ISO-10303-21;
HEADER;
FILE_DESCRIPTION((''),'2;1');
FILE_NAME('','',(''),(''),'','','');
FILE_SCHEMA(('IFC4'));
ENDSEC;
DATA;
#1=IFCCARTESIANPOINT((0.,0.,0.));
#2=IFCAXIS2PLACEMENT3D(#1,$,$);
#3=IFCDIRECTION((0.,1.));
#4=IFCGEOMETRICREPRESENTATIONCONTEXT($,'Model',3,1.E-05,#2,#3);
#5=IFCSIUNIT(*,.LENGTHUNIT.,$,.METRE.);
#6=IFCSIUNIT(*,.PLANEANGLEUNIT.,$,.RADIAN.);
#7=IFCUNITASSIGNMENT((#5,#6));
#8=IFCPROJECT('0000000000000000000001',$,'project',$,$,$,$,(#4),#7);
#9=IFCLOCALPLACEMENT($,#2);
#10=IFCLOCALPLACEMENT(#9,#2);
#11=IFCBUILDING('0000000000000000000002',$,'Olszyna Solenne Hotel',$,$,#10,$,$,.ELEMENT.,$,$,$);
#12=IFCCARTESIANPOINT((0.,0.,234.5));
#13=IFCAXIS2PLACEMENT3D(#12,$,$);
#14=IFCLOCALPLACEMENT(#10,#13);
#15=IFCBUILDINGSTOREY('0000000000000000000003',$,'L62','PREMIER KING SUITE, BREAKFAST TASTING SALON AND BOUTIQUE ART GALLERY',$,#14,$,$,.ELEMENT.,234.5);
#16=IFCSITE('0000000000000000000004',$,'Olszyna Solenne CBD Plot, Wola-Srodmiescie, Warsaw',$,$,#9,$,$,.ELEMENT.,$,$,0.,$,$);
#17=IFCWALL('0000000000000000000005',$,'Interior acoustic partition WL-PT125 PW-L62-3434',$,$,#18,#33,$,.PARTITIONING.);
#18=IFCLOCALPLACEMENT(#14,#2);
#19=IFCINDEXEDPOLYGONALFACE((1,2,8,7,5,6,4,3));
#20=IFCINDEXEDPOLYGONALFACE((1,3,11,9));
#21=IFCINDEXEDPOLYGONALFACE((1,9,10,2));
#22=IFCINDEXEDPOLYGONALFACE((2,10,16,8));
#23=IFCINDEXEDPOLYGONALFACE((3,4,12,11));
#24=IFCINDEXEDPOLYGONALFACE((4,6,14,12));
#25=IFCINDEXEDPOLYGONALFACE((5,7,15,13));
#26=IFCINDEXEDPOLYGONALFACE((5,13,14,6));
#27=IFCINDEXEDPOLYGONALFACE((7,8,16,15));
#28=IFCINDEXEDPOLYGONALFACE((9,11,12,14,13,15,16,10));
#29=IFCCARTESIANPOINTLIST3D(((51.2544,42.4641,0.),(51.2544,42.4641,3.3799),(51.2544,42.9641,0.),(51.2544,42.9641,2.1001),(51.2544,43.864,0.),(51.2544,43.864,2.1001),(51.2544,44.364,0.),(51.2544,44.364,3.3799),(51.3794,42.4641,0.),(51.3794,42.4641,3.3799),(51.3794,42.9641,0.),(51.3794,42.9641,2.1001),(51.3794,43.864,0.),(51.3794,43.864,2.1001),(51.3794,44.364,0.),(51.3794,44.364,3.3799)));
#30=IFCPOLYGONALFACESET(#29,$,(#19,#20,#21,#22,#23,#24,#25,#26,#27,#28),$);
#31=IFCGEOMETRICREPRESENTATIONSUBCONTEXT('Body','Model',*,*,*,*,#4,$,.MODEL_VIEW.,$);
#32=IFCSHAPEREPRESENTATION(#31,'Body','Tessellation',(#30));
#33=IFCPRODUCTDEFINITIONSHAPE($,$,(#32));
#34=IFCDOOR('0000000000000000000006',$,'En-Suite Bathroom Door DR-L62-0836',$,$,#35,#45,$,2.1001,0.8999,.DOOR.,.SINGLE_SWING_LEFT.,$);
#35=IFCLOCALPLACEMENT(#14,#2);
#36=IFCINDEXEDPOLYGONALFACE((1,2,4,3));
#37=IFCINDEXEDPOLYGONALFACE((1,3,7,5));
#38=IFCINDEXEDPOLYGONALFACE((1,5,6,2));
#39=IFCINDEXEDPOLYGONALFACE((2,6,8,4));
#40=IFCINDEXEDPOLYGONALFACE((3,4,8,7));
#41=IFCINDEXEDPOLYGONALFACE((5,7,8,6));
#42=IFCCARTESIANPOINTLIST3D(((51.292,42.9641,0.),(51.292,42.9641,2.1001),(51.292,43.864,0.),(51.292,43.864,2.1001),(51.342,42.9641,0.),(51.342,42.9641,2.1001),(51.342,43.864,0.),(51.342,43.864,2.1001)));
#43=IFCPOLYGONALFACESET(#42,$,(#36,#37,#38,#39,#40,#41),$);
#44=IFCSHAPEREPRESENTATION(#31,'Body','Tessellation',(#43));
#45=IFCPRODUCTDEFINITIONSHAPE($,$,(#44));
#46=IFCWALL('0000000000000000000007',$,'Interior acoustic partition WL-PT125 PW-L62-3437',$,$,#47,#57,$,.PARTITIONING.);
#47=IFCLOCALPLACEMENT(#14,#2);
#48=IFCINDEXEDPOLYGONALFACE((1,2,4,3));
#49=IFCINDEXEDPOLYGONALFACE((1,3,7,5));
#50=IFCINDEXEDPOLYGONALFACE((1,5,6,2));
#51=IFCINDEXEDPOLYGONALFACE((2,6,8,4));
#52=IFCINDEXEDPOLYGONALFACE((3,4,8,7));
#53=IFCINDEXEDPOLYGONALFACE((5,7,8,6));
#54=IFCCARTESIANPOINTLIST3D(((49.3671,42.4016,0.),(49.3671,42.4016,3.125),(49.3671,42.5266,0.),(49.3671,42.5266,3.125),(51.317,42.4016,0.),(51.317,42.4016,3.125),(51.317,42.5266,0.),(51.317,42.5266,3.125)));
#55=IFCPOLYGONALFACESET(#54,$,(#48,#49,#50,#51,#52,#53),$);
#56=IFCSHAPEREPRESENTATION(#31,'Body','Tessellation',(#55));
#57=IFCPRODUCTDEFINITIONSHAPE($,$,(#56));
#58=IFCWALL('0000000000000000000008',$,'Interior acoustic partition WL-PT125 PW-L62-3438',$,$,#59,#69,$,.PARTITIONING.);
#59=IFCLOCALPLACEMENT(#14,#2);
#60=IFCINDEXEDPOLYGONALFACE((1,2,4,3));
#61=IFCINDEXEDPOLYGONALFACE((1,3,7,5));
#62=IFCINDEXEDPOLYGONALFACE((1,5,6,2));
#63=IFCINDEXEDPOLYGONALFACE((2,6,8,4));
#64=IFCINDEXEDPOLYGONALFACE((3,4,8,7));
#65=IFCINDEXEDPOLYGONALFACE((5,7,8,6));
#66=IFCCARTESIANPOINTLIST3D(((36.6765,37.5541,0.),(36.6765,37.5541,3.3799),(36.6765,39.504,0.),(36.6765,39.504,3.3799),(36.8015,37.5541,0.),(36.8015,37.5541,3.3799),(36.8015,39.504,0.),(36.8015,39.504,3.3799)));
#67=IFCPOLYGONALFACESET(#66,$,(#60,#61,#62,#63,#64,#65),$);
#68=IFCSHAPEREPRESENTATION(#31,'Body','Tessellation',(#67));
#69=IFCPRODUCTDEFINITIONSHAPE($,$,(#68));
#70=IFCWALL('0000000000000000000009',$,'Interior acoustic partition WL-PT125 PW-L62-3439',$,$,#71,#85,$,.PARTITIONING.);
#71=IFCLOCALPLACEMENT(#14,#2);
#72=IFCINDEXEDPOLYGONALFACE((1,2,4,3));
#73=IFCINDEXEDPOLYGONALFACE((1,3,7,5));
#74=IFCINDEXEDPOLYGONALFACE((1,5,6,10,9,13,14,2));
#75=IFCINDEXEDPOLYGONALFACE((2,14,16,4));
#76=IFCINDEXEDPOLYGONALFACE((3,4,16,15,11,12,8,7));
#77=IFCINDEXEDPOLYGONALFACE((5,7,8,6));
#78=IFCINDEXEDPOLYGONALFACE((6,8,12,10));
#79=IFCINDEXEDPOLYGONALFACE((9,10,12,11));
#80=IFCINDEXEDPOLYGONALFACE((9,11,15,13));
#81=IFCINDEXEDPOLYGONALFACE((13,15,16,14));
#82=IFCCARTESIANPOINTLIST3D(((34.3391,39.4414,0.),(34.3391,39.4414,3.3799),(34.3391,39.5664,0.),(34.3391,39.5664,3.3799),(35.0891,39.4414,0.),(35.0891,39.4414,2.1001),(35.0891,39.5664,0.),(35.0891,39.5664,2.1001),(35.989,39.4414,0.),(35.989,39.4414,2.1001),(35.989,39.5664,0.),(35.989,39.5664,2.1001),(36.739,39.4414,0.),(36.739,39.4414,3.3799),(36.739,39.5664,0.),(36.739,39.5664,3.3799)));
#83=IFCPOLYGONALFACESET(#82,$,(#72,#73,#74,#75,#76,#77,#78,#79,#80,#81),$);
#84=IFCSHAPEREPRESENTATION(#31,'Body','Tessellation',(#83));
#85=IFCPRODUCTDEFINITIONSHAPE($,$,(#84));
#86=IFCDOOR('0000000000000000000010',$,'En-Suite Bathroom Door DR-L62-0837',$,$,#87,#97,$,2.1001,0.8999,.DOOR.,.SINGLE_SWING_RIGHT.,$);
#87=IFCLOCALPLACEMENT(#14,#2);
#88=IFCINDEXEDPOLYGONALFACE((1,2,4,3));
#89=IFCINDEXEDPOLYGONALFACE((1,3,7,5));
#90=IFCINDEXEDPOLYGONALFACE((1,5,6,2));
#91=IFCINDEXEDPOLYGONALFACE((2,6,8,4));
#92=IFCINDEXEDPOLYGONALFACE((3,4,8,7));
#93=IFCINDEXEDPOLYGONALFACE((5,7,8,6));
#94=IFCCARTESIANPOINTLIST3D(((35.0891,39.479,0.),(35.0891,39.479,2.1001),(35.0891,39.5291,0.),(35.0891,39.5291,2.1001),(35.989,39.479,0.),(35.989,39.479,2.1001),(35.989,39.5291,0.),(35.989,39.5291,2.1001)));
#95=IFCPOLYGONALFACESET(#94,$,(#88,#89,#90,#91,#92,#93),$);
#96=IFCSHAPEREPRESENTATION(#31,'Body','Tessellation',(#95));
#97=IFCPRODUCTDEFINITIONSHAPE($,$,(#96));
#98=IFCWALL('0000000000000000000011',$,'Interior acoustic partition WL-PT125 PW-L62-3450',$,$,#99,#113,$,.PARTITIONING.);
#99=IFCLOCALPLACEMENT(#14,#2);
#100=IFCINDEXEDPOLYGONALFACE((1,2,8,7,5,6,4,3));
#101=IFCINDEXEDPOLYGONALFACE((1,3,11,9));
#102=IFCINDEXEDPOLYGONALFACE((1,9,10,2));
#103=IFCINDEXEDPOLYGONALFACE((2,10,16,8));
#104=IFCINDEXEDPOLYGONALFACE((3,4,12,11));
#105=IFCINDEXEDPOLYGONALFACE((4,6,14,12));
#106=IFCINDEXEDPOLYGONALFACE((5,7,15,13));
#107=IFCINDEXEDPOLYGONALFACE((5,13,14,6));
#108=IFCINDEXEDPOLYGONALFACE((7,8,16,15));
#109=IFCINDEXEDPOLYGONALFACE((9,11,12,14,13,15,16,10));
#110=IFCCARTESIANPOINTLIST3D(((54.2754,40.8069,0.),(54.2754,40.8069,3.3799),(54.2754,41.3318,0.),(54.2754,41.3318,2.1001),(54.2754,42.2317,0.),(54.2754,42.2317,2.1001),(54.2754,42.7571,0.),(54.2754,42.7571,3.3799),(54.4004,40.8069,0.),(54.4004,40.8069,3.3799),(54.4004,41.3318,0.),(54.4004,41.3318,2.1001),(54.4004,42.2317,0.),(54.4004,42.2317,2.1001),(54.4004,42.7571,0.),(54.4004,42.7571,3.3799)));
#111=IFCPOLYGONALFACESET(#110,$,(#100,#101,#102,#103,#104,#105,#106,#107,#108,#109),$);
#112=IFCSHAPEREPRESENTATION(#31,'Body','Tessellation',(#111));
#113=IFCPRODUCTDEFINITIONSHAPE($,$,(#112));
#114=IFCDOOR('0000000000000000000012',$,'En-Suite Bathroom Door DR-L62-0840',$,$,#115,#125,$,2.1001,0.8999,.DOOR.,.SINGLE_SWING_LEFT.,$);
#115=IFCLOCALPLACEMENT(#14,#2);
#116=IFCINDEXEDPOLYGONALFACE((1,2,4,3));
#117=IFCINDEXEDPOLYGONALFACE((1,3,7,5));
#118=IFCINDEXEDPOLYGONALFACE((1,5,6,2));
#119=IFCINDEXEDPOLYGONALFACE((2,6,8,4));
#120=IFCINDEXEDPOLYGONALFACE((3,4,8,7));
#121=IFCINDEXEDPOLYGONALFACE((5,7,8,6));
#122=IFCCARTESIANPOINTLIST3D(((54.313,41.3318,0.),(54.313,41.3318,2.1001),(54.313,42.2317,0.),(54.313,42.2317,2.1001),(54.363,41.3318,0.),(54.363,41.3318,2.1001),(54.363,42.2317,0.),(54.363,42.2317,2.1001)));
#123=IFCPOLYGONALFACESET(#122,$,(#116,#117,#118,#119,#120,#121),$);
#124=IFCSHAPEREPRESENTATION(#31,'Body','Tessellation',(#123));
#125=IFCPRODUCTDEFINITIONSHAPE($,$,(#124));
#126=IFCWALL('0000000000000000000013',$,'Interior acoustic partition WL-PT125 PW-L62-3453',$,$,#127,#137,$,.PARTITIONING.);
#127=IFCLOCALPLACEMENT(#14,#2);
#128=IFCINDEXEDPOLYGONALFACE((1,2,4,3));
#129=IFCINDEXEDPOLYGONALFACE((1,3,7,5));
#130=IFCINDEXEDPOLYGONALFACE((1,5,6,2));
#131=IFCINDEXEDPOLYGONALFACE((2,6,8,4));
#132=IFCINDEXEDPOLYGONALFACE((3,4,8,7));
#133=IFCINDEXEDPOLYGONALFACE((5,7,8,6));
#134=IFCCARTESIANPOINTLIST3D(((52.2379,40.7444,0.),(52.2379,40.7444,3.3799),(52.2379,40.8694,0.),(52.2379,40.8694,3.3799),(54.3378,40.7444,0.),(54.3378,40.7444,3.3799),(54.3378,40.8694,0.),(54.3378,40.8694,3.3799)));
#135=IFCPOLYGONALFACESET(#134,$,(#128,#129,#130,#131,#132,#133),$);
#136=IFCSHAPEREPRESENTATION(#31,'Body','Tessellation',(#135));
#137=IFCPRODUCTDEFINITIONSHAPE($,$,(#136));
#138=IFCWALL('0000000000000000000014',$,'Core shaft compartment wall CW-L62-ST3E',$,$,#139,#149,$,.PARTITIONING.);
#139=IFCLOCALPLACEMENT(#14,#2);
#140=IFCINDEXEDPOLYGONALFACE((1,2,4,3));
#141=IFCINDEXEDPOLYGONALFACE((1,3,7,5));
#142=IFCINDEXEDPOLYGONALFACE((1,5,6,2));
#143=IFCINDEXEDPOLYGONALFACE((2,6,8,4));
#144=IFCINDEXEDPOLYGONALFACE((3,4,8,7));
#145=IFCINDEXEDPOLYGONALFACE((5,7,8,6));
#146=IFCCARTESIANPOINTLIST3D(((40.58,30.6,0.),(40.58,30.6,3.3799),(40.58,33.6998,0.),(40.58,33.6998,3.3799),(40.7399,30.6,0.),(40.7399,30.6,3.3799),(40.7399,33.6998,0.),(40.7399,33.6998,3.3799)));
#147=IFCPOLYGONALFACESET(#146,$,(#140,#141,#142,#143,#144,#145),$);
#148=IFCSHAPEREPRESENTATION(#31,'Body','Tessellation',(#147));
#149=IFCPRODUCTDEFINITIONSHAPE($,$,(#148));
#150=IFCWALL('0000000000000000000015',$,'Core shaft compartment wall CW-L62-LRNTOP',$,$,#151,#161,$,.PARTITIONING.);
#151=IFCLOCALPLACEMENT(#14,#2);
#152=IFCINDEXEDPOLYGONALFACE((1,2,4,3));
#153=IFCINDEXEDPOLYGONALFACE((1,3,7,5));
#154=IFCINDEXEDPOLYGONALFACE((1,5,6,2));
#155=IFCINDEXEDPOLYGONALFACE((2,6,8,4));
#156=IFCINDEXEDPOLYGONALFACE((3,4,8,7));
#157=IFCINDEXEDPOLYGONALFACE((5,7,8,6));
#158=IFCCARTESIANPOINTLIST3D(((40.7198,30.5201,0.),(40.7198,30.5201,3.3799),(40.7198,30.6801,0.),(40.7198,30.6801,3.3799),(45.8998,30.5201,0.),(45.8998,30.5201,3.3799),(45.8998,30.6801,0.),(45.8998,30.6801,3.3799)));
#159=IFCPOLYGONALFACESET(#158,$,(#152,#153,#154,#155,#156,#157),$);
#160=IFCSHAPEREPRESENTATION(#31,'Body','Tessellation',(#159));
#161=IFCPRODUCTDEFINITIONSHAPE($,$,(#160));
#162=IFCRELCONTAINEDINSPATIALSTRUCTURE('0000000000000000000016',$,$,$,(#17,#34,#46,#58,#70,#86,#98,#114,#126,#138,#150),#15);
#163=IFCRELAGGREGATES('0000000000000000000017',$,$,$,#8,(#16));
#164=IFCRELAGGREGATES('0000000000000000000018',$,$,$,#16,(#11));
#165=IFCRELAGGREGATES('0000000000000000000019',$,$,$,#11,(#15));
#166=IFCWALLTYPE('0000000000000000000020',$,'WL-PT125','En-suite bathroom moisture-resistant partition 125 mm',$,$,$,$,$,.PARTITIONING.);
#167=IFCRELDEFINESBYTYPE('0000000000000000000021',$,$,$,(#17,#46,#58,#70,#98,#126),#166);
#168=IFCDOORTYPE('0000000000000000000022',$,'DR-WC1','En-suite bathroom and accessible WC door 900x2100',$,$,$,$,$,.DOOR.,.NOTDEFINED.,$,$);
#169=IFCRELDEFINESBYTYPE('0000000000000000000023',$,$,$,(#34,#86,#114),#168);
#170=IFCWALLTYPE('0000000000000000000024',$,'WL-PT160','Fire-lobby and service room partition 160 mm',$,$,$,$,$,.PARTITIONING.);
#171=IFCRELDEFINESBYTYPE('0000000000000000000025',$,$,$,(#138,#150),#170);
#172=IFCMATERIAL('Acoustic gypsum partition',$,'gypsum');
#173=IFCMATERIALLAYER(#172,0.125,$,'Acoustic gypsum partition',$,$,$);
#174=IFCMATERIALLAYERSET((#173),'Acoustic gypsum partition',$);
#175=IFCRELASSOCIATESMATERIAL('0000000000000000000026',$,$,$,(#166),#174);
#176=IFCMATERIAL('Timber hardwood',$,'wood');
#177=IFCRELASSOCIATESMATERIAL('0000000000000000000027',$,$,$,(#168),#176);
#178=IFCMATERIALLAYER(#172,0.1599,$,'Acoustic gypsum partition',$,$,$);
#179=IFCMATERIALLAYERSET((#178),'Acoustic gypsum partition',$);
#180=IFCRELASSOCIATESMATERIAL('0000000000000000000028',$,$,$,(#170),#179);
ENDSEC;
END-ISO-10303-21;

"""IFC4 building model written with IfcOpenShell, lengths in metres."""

from ifc_helpers import new_model, si_unit, direction, frame, frame_2d, origin, place, context, subcontext, project, spatial, rectangle, extrude, source, transform, mapped, material, layer, layer_set, type_object, type_shapes, element, fill, save


model = new_model("IFC4")

# Units and contexts
model_context = context("Model", 3, precision=1e-05, world=origin(), true_north=direction((0.0, 1.0)))
body_context = subcontext(model_context, "Body", "Model", "MODEL_VIEW")
ifc_project = project(units=[si_unit("LENGTHUNIT", "METRE"), si_unit("PLANEANGLEUNIT", "RADIAN")], contexts=[model_context])

# Site, building, storey
site_placement = place(None, origin())
site = spatial("IfcSite", under=ifc_project, at=site_placement, Name="Olszyna Solenne CBD Plot, Wola-Srodmiescie, Warsaw", CompositionType="ELEMENT", RefElevation=0.0)
building_placement = place(site_placement, origin())
building = spatial("IfcBuilding", under=site, at=building_placement, Name="Olszyna Solenne Hotel", CompositionType="ELEMENT")
storey_placement = place(building_placement, frame((0.0, 0.0, 234.5)))
storey = spatial("IfcBuildingStorey", under=building, at=storey_placement, Name="L62", Description="PREMIER KING SUITE, BREAKFAST TASTING SALON AND BOUTIQUE ART GALLERY", CompositionType="ELEMENT", Elevation=234.5)

# Shared definitions
ifc_material_1 = material(Name="Timber hardwood", Category="wood")

# Wall, opening, door
ifc_material_2 = material(Name="Acoustic gypsum partition", Category="gypsum")
ifc_layer_1 = layer(ifc_material_2, 0.125, Name="Acoustic gypsum partition")
ifc_layer_set_1 = layer_set([ifc_layer_1], Name="Acoustic gypsum partition")
wall_type_1 = type_object("IfcWallType", Name="WL-PT125", Description="En-suite bathroom moisture-resistant partition 125 mm", PredefinedType="PARTITIONING", material=ifc_layer_set_1)
wall_1_placement = place(storey_placement, frame((51.3169, 42.4641, 0.0), z_axis=(0.0, 0.0, 1.0), x_axis=(0.0, 1.0, 0.0)))
wall_1 = element("IfcWall", 1, at=wall_1_placement, inside=storey, type_object=wall_type_1, Name="Interior acoustic partition WL-PT125 PW-L62-3434", PredefinedType="PARTITIONING", context=body_context, shape_type="SweptSolid", body=[
    extrude(rectangle(XDim=1.8999, YDim=0.125, at=frame_2d((0.95, 0.0))), origin(), (0.0, 0.0, 1.0), 3.3799),
])
opening_1_placement = place(wall_1_placement, frame((0.5, 0.0, 0.0)))
opening_1 = element("IfcOpeningElement", 2, at=opening_1_placement, cuts=wall_1, PredefinedType="OPENING", context=body_context, shape_type="SweptSolid", body=[
    extrude(rectangle(XDim=0.8999, YDim=2.1001, at=frame_2d((0.45, 1.05))), frame((0.0, 0.0725, 0.0), z_axis=(0.0, -1.0, 0.0), x_axis=(1.0, 0.0, 0.0)), (0.0, 0.0, 1.0), 0.145),
])
door_type_1 = type_object("IfcDoorType", Name="DR-WC1", Description="En-suite bathroom and accessible WC door 900x2100", OperationType="NOTDEFINED", PredefinedType="DOOR", material=ifc_material_1)
shared_shape_1 = source(origin(), body_context, "Body", "SweptSolid", [
    extrude(rectangle(XDim=0.8999, YDim=2.1001, at=frame_2d((0.45, 1.05))), frame((0.0, 0.0249, 0.0), z_axis=(0.0, -1.0, 0.0), x_axis=(1.0, 0.0, 0.0)), (0.0, 0.0, 1.0), 0.05),
])
type_shapes(door_type_1, [shared_shape_1])
door_1_placement = place(opening_1_placement, origin())
door_1 = element("IfcDoor", 3, at=door_1_placement, inside=storey, type_object=door_type_1, Name="En-Suite Bathroom Door DR-L62-0836", OperationType="SINGLE_SWING_LEFT", OverallHeight=2.1001, OverallWidth=0.8999, PredefinedType="DOOR", context=body_context, shape_type="MappedRepresentation", body=[
    mapped(shared_shape_1, transform((0.0, 0.0, 0.0), x_axis=(1.0, 0.0, 0.0), y_axis=(0.0, 1.0, 0.0), z_axis=(0.0, 0.0, 1.0), scale=1.0)),
])
fill(opening_1, door_1)

# Walls
wall_2_placement = place(storey_placement, frame((49.3669, 42.4641, 0.0), z_axis=(0.0, 0.0, 1.0), x_axis=(1.0, 0.0, 0.0)))
element("IfcWall", 4, at=wall_2_placement, inside=storey, type_object=wall_type_1, Name="Interior acoustic partition WL-PT125 PW-L62-3437", PredefinedType="PARTITIONING", context=body_context, shape_type="SweptSolid", body=[
    extrude(rectangle(XDim=1.95, YDim=0.125, at=frame_2d((0.9751, 0.0))), origin(), (0.0, 0.0, 1.0), 3.125),
])
wall_3_placement = place(storey_placement, frame((36.739, 37.554, 0.0), z_axis=(0.0, 0.0, 1.0), x_axis=(0.0, 1.0, 0.0)))
element("IfcWall", 5, at=wall_3_placement, inside=storey, type_object=wall_type_1, Name="Interior acoustic partition WL-PT125 PW-L62-3438", PredefinedType="PARTITIONING", context=body_context, shape_type="SweptSolid", body=[
    extrude(rectangle(XDim=1.95, YDim=0.125, at=frame_2d((0.9751, 0.0))), origin(), (0.0, 0.0, 1.0), 3.3799),
])

# Walls, openings, doors
wall_4_placement = place(storey_placement, frame((36.739, 39.5039, 0.0), z_axis=(0.0, 0.0, 1.0), x_axis=(-1.0, 0.0, 0.0)))
wall_4 = element("IfcWall", 6, at=wall_4_placement, inside=storey, type_object=wall_type_1, Name="Interior acoustic partition WL-PT125 PW-L62-3439", PredefinedType="PARTITIONING", context=body_context, shape_type="SweptSolid", body=[
    extrude(rectangle(XDim=2.3999, YDim=0.125, at=frame_2d((1.2, 0.0))), origin(), (0.0, 0.0, 1.0), 3.3799),
])
opening_2_placement = place(wall_4_placement, frame((0.75, 0.0, 0.0)))
opening_2 = element("IfcOpeningElement", 7, at=opening_2_placement, cuts=wall_4, PredefinedType="OPENING", context=body_context, shape_type="SweptSolid", body=[
    extrude(rectangle(XDim=0.8999, YDim=2.1001, at=frame_2d((0.45, 1.05))), frame((0.0, 0.0725, 0.0), z_axis=(0.0, -1.0, 0.0), x_axis=(1.0, 0.0, 0.0)), (0.0, 0.0, 1.0), 0.145),
])
door_2_placement = place(opening_2_placement, origin())
door_2 = element("IfcDoor", 8, at=door_2_placement, inside=storey, type_object=door_type_1, Name="En-Suite Bathroom Door DR-L62-0837", OperationType="SINGLE_SWING_RIGHT", OverallHeight=2.1001, OverallWidth=0.8999, PredefinedType="DOOR", context=body_context, shape_type="MappedRepresentation", body=[
    mapped(shared_shape_1, transform((0.0, 0.0, 0.0), x_axis=(1.0, 0.0, 0.0), y_axis=(0.0, 1.0, 0.0), z_axis=(0.0, 0.0, 1.0), scale=1.0)),
])
fill(opening_2, door_2)
wall_5_placement = place(storey_placement, frame((54.3379, 40.8069, 0.0), z_axis=(0.0, 0.0, 1.0), x_axis=(0.0, 1.0, 0.0)))
wall_5 = element("IfcWall", 9, at=wall_5_placement, inside=storey, type_object=wall_type_1, Name="Interior acoustic partition WL-PT125 PW-L62-3450", PredefinedType="PARTITIONING", context=body_context, shape_type="SweptSolid", body=[
    extrude(rectangle(XDim=1.9502, YDim=0.125, at=frame_2d((0.9751, 0.0))), origin(), (0.0, 0.0, 1.0), 3.3799),
])
opening_3_placement = place(wall_5_placement, frame((0.5249, 0.0, 0.0)))
opening_3 = element("IfcOpeningElement", 10, at=opening_3_placement, cuts=wall_5, PredefinedType="OPENING", context=body_context, shape_type="SweptSolid", body=[
    extrude(rectangle(XDim=0.8999, YDim=2.1001, at=frame_2d((0.45, 1.05))), frame((0.0, 0.0725, 0.0), z_axis=(0.0, -1.0, 0.0), x_axis=(1.0, 0.0, 0.0)), (0.0, 0.0, 1.0), 0.145),
])
door_3_placement = place(opening_3_placement, origin())
door_3 = element("IfcDoor", 11, at=door_3_placement, inside=storey, type_object=door_type_1, Name="En-Suite Bathroom Door DR-L62-0840", OperationType="SINGLE_SWING_LEFT", OverallHeight=2.1001, OverallWidth=0.8999, PredefinedType="DOOR", context=body_context, shape_type="MappedRepresentation", body=[
    mapped(shared_shape_1, transform((0.0, 0.0, 0.0), x_axis=(1.0, 0.0, 0.0), y_axis=(0.0, 1.0, 0.0), z_axis=(0.0, 0.0, 1.0), scale=1.0)),
])
fill(opening_3, door_3)

# Walls
wall_6_placement = place(storey_placement, frame((52.238, 40.8069, 0.0), z_axis=(0.0, 0.0, 1.0), x_axis=(1.0, 0.0, 0.0)))
element("IfcWall", 12, at=wall_6_placement, inside=storey, type_object=wall_type_1, Name="Interior acoustic partition WL-PT125 PW-L62-3453", PredefinedType="PARTITIONING", context=body_context, shape_type="SweptSolid", body=[
    extrude(rectangle(XDim=2.0999, YDim=0.125, at=frame_2d((1.0498, 0.0))), origin(), (0.0, 0.0, 1.0), 3.3799),
])
ifc_layer_2 = layer(ifc_material_2, 0.1599, Name="Acoustic gypsum partition")
ifc_layer_set_2 = layer_set([ifc_layer_2], Name="Acoustic gypsum partition")
wall_type_2 = type_object("IfcWallType", Name="WL-PT160", Description="Fire-lobby and service room partition 160 mm", PredefinedType="PARTITIONING", material=ifc_layer_set_2)
wall_7_placement = place(storey_placement, frame((40.6599, 30.6001, 0.0), z_axis=(0.0, 0.0, 1.0), x_axis=(0.0, 1.0, 0.0)))
element("IfcWall", 13, at=wall_7_placement, inside=storey, type_object=wall_type_2, Name="Core shaft compartment wall CW-L62-ST3E", PredefinedType="PARTITIONING", context=body_context, shape_type="SweptSolid", body=[
    extrude(rectangle(XDim=3.0999, YDim=0.1599, at=frame_2d((1.5498, 0.0))), origin(), (0.0, 0.0, 1.0), 3.3799),
])
wall_8_placement = place(storey_placement, frame((40.72, 30.6001, 0.0), z_axis=(0.0, 0.0, 1.0), x_axis=(1.0, 0.0, 0.0)))
element("IfcWall", 14, at=wall_8_placement, inside=storey, type_object=wall_type_2, Name="Core shaft compartment wall CW-L62-LRNTOP", PredefinedType="PARTITIONING", context=body_context, shape_type="SweptSolid", body=[
    extrude(rectangle(XDim=5.1799, YDim=0.1599, at=frame_2d((2.5898, 0.0))), origin(), (0.0, 0.0, 1.0), 3.3799),
])

save(model, "model.ifc")
